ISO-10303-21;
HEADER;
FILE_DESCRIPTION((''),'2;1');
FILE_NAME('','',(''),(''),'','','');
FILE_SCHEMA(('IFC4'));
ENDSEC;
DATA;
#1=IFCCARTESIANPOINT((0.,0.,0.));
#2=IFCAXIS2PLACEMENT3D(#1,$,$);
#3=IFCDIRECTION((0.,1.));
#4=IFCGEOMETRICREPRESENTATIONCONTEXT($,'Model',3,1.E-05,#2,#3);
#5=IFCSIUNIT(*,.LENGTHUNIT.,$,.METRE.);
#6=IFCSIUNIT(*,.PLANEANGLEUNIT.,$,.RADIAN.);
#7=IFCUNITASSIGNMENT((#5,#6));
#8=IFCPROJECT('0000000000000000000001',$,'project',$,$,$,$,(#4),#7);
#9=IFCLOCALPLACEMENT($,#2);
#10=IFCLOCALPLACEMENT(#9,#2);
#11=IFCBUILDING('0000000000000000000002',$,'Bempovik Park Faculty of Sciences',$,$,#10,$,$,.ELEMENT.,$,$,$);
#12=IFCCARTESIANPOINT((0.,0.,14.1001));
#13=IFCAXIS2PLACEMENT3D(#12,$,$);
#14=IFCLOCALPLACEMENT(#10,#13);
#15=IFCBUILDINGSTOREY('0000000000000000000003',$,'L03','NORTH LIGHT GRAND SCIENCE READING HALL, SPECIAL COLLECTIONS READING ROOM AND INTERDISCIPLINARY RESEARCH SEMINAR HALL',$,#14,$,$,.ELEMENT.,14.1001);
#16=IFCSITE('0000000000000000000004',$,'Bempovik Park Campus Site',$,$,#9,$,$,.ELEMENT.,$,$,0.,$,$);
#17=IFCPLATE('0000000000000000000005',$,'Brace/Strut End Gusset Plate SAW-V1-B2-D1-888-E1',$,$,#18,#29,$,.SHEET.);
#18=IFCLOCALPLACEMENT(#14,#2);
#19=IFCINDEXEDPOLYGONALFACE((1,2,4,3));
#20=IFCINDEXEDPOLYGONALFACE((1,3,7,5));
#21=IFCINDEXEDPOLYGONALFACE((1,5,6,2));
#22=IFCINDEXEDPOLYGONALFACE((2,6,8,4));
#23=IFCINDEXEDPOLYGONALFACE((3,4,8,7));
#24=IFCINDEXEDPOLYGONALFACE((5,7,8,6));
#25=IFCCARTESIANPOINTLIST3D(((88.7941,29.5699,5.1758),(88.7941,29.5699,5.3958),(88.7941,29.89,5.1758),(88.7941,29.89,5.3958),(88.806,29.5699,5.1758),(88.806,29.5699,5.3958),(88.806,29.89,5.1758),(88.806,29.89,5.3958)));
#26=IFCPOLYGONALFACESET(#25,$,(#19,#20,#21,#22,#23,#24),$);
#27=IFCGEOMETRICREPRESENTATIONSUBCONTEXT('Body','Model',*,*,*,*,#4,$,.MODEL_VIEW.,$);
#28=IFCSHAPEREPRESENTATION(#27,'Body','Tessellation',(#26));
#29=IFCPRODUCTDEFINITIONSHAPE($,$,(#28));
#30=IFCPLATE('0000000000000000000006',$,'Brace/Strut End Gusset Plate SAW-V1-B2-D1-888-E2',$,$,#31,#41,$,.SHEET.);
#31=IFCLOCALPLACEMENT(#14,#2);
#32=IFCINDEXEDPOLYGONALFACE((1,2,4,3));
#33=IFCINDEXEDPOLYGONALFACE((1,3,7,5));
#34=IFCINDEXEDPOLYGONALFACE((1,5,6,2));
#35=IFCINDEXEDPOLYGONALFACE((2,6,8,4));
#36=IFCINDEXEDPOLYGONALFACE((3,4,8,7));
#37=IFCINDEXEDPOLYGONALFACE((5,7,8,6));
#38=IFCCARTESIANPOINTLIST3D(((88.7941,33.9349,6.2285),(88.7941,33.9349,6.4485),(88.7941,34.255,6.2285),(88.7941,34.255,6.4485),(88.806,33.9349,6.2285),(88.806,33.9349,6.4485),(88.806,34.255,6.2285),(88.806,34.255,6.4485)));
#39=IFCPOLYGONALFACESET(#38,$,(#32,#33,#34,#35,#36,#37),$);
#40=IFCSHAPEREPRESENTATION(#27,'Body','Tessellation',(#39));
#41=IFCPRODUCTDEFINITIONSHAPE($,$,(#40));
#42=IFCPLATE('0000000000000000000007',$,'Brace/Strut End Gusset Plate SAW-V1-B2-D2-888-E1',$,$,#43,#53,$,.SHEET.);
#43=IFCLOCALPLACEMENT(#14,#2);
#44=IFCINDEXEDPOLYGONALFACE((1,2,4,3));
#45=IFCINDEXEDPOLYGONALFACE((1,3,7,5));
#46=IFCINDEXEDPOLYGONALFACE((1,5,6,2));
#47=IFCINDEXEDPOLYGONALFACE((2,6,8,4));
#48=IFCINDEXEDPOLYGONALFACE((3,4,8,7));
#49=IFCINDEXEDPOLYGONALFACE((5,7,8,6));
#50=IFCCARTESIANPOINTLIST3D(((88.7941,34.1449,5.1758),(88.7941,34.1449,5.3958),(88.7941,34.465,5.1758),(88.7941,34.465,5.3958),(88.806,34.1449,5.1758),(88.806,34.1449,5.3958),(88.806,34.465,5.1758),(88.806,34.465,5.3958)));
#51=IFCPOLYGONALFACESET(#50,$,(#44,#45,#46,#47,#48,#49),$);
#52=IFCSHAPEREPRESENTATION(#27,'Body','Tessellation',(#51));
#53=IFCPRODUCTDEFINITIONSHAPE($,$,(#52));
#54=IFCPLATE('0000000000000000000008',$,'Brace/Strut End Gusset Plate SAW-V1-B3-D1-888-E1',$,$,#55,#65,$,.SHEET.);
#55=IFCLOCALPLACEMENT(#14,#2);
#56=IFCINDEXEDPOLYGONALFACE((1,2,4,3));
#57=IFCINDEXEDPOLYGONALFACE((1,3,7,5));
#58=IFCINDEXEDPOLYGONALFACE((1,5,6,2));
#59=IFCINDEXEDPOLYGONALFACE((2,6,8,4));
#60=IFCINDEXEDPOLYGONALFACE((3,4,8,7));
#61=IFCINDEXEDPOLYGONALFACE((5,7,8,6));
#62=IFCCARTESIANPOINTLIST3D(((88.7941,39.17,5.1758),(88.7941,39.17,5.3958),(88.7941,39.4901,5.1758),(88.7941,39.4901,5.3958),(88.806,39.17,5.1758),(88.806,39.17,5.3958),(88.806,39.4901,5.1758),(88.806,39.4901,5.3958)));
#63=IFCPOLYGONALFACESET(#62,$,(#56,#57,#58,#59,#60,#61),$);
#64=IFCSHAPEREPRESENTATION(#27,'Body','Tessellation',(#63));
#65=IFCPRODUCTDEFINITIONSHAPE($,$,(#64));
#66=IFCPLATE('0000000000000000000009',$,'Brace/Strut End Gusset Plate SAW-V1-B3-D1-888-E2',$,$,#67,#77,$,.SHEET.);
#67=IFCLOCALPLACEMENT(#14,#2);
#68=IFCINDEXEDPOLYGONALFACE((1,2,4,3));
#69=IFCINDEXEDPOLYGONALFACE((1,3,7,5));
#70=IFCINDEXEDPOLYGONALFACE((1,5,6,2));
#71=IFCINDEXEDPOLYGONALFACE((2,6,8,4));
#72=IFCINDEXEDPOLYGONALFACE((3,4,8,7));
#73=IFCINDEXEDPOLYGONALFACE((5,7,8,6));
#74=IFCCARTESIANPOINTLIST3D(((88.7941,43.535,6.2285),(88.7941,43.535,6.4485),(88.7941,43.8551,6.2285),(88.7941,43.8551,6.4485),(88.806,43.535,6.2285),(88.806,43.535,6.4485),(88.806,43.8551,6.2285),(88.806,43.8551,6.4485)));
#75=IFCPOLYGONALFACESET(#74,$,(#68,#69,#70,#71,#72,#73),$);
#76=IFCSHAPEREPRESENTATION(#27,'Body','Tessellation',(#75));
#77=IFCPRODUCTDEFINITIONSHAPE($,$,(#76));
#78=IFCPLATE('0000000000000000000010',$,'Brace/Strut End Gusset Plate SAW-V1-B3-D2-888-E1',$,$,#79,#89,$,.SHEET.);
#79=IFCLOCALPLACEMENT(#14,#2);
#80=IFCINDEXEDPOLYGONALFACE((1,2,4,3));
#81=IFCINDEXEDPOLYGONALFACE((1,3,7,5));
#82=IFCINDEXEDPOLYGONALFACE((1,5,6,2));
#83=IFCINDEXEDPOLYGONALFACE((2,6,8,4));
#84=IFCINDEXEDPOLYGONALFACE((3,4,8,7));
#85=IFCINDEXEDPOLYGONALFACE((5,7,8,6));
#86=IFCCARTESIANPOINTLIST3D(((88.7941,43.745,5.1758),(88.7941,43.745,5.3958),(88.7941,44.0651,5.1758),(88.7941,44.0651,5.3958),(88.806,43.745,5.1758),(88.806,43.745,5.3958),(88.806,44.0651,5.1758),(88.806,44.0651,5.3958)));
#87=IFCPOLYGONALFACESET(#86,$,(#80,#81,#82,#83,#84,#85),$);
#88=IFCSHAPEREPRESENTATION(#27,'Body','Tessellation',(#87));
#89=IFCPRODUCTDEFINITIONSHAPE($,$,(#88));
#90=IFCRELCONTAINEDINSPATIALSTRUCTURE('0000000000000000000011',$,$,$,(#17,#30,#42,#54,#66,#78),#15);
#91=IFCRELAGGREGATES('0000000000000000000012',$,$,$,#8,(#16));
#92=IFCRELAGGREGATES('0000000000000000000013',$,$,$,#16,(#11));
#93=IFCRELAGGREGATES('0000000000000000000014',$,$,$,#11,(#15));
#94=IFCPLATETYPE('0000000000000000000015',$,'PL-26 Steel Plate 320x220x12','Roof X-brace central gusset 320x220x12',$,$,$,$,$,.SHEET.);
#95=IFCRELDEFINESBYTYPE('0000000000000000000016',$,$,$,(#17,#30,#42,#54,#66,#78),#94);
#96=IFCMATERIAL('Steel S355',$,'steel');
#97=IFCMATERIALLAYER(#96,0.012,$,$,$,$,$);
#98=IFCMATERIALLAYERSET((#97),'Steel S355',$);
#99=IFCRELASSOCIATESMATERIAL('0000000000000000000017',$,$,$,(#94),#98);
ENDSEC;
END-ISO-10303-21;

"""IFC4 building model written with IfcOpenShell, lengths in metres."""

from ifc_helpers import new_model, si_unit, direction, frame, origin, origin_2d, place, context, subcontext, project, spatial, rectangle, extrude, material, layer, layer_set, type_object, element, save


model = new_model("IFC4")

# Units and contexts
model_context = context("Model", 3, precision=1e-05, world=origin(), true_north=direction((0.0, 1.0)))
body_context = subcontext(model_context, "Body", "Model", "MODEL_VIEW")
ifc_project = project(units=[si_unit("LENGTHUNIT", "METRE"), si_unit("PLANEANGLEUNIT", "RADIAN")], contexts=[model_context])

# Site, building, storey
site_placement = place(None, origin())
site = spatial("IfcSite", under=ifc_project, at=site_placement, Name="Bempovik Park Campus Site", CompositionType="ELEMENT", RefElevation=0.0)
building_placement = place(site_placement, origin())
building = spatial("IfcBuilding", under=site, at=building_placement, Name="Bempovik Park Faculty of Sciences", CompositionType="ELEMENT")
storey_placement = place(building_placement, frame((0.0, 0.0, 14.1001)))
storey = spatial("IfcBuildingStorey", under=building, at=storey_placement, Name="L03", Description="NORTH LIGHT GRAND SCIENCE READING HALL, SPECIAL COLLECTIONS READING ROOM AND INTERDISCIPLINARY RESEARCH SEMINAR HALL", CompositionType="ELEMENT", Elevation=14.1001)

# Shared definitions
ifc_material_1 = material(Name="Steel S355", Category="steel")

# Plates
ifc_layer_1 = layer(ifc_material_1, 0.012)
ifc_layer_set_1 = layer_set([ifc_layer_1], Name="Steel S355")
plate_type_1 = type_object("IfcPlateType", Name="PL-26 Steel Plate 320x220x12", Description="Roof X-brace central gusset 320x220x12", PredefinedType="SHEET", material=ifc_layer_set_1)
for number, where, z_axis, x_axis, name in (
    (1, (88.8, 29.73, 5.1758), (0.0, 0.0, 1.0), (1.0, 0.0, 0.0), "Brace/Strut End Gusset Plate SAW-V1-B2-D1-888-E1"),
    (2, (88.8, 34.095, 6.2285), (0.0, 0.0, 1.0), (1.0, 0.0, 0.0), "Brace/Strut End Gusset Plate SAW-V1-B2-D1-888-E2"),
    (3, (88.8, 34.3049, 5.1758), (0.0, 0.0, 1.0), (1.0, 0.0, 0.0), "Brace/Strut End Gusset Plate SAW-V1-B2-D2-888-E1"),
    (4, (88.8, 39.3301, 5.1758), (0.0, 0.0, 1.0), (1.0, 0.0, 0.0), "Brace/Strut End Gusset Plate SAW-V1-B3-D1-888-E1"),
    (5, (88.8, 43.6951, 6.2285), (0.0, 0.0, 1.0), (1.0, 0.0, 0.0), "Brace/Strut End Gusset Plate SAW-V1-B3-D1-888-E2"),
    (6, (88.8, 43.905, 5.1758), (0.0, 0.0, 1.0), (1.0, 0.0, 0.0), "Brace/Strut End Gusset Plate SAW-V1-B3-D2-888-E1"),
):
    element("IfcPlate", number, at=place(storey_placement, frame(where, z_axis=z_axis, x_axis=x_axis)), inside=storey, type_object=plate_type_1, Name=name, PredefinedType="SHEET", context=body_context, shape_type="SweptSolid", body=[
        extrude(rectangle(XDim=0.012, YDim=0.3201, at=origin_2d()), origin(), (0.0, 0.0, 1.0), 0.22),
    ])

save(model, "model.ifc")
